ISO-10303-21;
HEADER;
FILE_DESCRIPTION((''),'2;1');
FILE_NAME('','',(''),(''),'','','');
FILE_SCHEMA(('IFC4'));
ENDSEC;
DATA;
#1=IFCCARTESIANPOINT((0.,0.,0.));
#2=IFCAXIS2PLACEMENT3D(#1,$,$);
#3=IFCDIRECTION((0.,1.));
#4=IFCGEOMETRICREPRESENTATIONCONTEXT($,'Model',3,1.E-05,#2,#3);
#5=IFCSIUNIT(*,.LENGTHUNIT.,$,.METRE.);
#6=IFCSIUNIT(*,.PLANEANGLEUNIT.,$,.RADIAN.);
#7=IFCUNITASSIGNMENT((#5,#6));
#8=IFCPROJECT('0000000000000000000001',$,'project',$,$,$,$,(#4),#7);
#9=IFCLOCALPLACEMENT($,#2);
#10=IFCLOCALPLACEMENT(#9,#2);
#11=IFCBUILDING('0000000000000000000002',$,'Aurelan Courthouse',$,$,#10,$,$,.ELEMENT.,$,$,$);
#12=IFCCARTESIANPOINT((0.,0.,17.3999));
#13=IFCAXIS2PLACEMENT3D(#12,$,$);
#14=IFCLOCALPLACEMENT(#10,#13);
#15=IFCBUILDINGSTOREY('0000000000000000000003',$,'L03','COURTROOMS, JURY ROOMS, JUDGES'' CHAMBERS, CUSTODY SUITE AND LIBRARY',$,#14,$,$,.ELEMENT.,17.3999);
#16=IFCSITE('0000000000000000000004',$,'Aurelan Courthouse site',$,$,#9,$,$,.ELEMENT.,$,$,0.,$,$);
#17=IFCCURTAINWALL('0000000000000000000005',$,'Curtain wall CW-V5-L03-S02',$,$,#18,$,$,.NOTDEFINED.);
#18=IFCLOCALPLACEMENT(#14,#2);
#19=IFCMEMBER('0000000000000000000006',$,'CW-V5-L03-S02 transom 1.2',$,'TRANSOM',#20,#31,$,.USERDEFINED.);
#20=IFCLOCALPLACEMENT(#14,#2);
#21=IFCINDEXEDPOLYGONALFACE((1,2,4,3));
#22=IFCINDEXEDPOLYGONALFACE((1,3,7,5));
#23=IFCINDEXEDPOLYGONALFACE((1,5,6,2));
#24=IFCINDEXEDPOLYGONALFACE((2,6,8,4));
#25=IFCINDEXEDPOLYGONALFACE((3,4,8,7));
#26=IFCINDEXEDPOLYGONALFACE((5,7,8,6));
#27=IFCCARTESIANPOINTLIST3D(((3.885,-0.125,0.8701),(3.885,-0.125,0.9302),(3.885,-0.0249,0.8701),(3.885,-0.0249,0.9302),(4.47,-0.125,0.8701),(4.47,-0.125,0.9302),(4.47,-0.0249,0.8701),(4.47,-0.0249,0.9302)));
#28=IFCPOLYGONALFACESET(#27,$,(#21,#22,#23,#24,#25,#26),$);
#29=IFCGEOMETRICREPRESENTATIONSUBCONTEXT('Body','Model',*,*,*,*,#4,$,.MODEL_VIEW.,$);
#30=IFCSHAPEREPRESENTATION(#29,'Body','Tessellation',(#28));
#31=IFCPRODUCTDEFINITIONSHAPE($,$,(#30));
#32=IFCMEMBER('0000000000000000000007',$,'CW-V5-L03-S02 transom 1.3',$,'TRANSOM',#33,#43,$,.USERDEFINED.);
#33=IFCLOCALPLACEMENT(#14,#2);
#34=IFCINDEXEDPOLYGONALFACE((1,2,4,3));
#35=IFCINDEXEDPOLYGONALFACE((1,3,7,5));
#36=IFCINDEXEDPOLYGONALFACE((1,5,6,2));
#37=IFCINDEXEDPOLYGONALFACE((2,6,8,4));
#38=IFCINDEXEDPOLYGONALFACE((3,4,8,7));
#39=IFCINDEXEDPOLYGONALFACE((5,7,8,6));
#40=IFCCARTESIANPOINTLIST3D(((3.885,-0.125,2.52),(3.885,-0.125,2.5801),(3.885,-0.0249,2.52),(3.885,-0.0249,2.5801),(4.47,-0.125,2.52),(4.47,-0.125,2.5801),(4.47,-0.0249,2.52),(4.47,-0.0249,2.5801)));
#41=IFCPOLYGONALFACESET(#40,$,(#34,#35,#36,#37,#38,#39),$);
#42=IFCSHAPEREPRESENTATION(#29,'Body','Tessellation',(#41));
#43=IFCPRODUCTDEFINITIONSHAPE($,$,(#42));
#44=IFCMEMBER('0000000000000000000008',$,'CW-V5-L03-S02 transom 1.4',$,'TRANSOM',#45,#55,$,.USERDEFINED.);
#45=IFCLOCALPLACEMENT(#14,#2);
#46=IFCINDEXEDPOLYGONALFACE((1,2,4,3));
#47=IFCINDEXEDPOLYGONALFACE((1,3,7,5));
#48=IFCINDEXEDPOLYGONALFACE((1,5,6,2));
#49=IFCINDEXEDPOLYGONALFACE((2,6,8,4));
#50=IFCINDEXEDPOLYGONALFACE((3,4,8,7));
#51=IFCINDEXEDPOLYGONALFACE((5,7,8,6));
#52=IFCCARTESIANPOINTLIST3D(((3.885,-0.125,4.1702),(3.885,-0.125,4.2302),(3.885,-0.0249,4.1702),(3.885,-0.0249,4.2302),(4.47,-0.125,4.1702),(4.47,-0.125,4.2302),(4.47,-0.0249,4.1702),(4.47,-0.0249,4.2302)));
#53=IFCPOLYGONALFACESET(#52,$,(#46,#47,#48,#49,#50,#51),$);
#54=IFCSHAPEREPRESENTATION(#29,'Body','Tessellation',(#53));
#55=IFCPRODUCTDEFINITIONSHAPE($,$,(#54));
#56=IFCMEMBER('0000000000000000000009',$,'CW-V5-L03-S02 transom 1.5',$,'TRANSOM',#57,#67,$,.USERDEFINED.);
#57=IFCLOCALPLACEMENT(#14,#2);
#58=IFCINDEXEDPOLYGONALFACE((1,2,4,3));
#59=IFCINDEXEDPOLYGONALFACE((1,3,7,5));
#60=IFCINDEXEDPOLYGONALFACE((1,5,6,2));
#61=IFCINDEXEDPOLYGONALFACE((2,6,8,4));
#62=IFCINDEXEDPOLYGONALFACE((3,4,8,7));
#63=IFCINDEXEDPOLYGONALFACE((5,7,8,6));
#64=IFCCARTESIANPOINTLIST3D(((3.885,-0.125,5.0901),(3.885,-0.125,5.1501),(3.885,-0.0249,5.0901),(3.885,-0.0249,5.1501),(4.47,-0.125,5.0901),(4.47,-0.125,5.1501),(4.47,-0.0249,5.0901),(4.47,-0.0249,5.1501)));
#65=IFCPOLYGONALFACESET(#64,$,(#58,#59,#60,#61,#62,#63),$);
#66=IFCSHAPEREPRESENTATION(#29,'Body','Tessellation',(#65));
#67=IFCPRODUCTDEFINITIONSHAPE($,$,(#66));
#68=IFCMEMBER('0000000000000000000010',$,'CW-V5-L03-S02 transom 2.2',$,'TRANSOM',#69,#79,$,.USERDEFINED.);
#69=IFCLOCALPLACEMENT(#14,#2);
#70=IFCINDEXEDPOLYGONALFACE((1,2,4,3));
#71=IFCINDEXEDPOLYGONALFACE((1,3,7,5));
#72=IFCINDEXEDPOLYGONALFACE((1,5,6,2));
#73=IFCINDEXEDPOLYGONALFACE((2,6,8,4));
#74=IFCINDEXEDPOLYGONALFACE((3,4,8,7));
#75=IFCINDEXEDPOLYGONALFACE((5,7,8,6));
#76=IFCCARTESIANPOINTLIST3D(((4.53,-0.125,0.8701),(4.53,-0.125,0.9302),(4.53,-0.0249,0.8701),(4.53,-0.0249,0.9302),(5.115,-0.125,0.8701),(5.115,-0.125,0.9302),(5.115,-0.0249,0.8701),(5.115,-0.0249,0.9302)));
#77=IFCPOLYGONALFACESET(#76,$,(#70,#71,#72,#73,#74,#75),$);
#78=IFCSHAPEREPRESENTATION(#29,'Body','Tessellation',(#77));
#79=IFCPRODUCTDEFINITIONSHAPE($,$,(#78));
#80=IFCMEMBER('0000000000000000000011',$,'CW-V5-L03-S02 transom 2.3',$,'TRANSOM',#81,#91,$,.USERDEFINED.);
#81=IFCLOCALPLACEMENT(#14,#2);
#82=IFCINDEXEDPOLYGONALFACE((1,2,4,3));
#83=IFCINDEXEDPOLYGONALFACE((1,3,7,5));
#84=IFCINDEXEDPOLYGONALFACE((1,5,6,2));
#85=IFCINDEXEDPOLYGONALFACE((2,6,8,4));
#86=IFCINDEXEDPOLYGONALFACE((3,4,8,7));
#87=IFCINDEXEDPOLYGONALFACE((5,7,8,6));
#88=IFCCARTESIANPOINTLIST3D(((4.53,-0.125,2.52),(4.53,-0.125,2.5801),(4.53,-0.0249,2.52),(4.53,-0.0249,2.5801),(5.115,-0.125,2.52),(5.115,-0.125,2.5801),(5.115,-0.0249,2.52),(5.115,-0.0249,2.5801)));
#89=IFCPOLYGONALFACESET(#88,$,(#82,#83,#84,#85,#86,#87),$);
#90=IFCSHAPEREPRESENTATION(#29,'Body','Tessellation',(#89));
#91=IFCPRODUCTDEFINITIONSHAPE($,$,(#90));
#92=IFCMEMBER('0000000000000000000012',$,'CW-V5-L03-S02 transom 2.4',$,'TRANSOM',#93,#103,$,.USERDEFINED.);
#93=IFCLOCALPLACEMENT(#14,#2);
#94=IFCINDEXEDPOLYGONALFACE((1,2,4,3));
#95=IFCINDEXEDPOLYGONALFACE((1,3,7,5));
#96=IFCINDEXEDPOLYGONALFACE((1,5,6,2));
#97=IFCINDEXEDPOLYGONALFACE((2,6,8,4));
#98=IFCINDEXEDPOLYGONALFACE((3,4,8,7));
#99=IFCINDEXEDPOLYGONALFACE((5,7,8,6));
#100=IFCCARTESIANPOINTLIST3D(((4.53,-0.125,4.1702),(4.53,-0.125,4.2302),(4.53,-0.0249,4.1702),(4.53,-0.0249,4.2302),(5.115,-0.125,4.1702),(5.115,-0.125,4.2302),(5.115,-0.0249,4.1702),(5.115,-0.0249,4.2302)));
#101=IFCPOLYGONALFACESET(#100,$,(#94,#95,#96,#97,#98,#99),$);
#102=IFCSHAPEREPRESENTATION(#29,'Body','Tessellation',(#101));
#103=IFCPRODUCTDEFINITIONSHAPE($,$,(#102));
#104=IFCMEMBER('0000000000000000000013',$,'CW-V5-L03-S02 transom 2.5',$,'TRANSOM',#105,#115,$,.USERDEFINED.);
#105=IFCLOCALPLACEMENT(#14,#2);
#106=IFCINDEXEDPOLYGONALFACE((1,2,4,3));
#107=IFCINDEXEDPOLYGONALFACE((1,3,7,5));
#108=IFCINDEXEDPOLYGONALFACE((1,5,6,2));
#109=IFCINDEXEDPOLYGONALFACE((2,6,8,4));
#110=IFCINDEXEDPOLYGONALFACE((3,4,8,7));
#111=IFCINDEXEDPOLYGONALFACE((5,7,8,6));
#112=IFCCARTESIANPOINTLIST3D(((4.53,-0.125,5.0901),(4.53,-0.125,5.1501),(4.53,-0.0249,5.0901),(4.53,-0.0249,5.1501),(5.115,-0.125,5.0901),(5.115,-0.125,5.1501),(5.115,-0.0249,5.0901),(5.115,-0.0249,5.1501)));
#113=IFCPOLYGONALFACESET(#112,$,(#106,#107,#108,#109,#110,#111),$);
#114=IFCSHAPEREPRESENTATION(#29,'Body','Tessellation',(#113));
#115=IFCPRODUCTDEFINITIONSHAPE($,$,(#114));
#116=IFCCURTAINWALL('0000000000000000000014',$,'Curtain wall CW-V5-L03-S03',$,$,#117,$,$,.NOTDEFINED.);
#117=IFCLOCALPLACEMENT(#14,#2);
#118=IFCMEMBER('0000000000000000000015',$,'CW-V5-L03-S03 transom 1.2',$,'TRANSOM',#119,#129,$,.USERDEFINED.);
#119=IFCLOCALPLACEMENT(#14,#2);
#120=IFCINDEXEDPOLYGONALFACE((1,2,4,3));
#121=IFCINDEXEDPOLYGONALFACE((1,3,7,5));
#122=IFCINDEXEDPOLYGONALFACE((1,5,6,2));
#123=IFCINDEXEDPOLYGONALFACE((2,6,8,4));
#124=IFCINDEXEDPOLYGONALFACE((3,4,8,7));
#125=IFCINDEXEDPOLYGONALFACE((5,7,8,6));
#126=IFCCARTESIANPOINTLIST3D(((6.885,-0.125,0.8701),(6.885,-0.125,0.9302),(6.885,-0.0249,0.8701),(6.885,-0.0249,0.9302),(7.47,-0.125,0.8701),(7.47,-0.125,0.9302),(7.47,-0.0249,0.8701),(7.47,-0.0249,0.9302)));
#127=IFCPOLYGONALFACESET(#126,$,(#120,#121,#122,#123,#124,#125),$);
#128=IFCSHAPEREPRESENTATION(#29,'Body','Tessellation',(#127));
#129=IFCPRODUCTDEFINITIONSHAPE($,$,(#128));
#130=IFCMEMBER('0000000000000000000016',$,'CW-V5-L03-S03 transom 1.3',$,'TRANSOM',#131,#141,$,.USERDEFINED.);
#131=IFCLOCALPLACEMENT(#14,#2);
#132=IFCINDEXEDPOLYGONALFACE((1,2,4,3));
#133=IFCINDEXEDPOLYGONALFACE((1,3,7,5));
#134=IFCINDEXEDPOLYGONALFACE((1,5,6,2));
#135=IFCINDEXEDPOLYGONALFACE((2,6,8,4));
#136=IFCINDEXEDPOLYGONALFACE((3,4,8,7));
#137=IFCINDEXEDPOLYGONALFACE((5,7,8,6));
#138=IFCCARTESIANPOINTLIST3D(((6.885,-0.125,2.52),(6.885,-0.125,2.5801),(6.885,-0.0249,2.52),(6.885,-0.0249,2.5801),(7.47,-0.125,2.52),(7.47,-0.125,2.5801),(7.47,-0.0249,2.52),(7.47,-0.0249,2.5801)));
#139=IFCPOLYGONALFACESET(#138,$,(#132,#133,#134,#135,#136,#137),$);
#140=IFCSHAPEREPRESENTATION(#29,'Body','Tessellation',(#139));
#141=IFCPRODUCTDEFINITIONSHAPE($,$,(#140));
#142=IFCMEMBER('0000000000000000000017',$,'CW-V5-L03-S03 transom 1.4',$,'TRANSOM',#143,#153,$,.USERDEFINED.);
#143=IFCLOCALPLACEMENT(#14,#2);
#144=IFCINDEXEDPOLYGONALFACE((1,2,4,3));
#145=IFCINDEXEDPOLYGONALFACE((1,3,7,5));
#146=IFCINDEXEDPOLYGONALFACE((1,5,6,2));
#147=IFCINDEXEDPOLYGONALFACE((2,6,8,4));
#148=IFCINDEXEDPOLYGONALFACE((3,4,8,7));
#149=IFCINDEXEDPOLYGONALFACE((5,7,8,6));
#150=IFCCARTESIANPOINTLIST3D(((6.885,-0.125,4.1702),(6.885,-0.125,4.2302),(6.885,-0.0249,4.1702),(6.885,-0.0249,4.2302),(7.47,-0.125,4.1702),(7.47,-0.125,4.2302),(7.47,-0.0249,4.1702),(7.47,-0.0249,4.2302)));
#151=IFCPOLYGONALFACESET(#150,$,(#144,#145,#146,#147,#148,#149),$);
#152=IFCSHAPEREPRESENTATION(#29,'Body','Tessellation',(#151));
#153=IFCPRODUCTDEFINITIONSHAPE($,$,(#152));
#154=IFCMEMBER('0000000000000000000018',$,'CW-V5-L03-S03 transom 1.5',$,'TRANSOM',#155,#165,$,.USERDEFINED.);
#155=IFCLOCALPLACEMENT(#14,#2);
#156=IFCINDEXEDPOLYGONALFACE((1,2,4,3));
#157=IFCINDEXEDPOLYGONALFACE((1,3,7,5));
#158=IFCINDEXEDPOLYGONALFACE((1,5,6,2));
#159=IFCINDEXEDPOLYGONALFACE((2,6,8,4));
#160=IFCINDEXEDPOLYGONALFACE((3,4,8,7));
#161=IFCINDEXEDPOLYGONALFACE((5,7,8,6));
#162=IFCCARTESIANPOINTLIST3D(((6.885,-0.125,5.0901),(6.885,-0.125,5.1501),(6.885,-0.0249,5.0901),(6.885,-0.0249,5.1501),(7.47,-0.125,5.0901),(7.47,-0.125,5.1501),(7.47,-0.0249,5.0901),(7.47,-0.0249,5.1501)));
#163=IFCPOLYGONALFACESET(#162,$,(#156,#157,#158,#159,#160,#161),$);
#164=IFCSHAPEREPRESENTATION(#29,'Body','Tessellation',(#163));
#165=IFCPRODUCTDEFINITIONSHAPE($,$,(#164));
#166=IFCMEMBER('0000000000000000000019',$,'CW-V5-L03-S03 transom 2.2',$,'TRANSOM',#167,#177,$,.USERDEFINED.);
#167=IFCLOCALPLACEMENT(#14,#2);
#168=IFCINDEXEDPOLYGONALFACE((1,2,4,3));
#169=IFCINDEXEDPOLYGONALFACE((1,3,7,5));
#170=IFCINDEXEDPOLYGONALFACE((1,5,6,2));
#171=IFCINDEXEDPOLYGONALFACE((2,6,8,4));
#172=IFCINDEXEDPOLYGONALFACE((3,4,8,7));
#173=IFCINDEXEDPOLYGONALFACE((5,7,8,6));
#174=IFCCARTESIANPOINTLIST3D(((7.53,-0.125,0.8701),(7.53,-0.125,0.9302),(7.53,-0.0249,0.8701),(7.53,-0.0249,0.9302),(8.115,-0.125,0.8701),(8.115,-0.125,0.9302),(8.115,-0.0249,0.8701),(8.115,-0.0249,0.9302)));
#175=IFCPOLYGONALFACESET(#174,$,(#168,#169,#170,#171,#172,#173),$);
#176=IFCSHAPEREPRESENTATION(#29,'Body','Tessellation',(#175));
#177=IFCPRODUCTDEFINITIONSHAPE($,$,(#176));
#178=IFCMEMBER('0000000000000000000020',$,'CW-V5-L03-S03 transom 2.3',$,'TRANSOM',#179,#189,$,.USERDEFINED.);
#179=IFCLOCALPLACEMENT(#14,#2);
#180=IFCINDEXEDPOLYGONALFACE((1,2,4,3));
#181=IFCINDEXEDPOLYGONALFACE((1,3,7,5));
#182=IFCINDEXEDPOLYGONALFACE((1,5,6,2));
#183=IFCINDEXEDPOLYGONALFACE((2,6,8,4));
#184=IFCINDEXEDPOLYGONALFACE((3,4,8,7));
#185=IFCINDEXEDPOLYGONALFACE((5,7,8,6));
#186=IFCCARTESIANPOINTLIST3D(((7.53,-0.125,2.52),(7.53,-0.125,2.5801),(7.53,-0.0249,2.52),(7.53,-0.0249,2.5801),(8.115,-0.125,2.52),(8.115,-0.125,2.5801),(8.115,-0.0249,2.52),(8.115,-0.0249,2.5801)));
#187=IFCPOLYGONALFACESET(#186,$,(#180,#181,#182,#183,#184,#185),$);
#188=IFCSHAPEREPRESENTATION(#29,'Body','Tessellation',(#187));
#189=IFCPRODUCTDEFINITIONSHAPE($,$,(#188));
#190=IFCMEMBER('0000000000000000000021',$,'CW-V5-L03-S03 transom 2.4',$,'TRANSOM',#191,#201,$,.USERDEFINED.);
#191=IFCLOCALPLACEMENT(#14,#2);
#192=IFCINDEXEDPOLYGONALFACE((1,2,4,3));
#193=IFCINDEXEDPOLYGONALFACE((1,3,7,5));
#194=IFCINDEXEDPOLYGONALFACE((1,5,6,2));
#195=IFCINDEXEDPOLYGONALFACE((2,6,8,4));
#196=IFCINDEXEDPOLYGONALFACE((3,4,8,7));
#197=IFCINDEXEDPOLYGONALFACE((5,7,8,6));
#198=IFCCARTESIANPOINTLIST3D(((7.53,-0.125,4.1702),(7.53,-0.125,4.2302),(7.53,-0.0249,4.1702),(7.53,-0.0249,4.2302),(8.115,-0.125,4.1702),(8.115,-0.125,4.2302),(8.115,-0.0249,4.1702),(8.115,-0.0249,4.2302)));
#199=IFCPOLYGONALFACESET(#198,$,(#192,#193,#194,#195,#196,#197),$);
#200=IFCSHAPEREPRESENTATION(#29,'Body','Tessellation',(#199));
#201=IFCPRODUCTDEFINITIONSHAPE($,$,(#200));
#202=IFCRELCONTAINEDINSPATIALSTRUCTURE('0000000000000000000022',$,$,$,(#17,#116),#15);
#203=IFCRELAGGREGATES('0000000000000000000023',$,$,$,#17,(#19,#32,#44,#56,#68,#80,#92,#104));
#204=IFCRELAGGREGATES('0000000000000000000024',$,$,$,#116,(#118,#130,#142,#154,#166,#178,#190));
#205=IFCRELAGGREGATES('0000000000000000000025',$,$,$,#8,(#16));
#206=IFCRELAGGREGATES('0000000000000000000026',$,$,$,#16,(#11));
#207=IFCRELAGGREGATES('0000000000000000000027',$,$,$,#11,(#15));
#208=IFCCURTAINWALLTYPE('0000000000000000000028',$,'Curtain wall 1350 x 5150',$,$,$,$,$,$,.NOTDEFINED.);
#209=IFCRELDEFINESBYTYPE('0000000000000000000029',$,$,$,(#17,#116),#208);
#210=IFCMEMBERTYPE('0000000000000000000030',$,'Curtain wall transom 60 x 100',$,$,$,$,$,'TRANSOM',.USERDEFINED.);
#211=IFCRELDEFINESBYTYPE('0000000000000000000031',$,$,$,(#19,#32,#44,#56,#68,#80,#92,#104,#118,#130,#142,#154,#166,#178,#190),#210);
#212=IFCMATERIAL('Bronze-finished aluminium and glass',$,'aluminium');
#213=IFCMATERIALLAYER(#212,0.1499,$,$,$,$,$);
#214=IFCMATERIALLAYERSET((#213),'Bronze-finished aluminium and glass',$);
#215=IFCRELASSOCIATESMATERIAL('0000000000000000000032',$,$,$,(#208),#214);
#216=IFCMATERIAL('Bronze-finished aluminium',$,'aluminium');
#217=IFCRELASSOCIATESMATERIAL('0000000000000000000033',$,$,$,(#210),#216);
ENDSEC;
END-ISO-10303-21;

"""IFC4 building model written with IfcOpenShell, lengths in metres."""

from ifc_helpers import new_model, si_unit, direction, frame, origin, origin_2d, place, context, subcontext, project, spatial, rectangle, extrude, material, layer, layer_set, material_profile, profile_set, type_object, element, aggregate, save


model = new_model("IFC4")

# Units and contexts
model_context = context("Model", 3, precision=1e-05, world=origin(), true_north=direction((0.0, 1.0)))
body_context = subcontext(model_context, "Body", "Model", "MODEL_VIEW")
ifc_project = project(units=[si_unit("LENGTHUNIT", "METRE"), si_unit("PLANEANGLEUNIT", "RADIAN")], contexts=[model_context])

# Site, building, storey
site_placement = place(None, origin())
site = spatial("IfcSite", under=ifc_project, at=site_placement, Name="Aurelan Courthouse site", CompositionType="ELEMENT", RefElevation=0.0)
building_placement = place(site_placement, origin())
building = spatial("IfcBuilding", under=site, at=building_placement, Name="Aurelan Courthouse", CompositionType="ELEMENT")
storey_placement = place(building_placement, frame((0.0, 0.0, 17.3999)))
storey = spatial("IfcBuildingStorey", under=building, at=storey_placement, Name="L03", Description="COURTROOMS, JURY ROOMS, JUDGES' CHAMBERS, CUSTODY SUITE AND LIBRARY", CompositionType="ELEMENT", Elevation=17.3999)

# Curtain walls, members
ifc_material_1 = material(Name="Bronze-finished aluminium and glass", Category="aluminium")
ifc_layer_1 = layer(ifc_material_1, 0.1499)
ifc_layer_set_1 = layer_set([ifc_layer_1], Name="Bronze-finished aluminium and glass")
curtain_wall_type = type_object("IfcCurtainWallType", Name="Curtain wall 1350 x 5150", PredefinedType="NOTDEFINED", material=ifc_layer_set_1)
curtain_wall_1_placement = place(storey_placement, origin())
curtain_wall_1 = element("IfcCurtainWall", 1, at=curtain_wall_1_placement, inside=storey, type_object=curtain_wall_type, Name="Curtain wall CW-V5-L03-S02", PredefinedType="NOTDEFINED")
ifc_material_2 = material(Name="Bronze-finished aluminium", Category="aluminium")
ifc_material_profile = material_profile(ifc_material_2, rectangle(XDim=0.1001, YDim=0.0601, at=origin_2d()), Name="Bronze transom 60 x 100")
ifc_profile_set = profile_set([ifc_material_profile], Name="Bronze-finished aluminium")
member_type = type_object("IfcMemberType", Name="Curtain wall transom 60 x 100", ElementType="TRANSOM", PredefinedType="USERDEFINED", material=ifc_profile_set)
member_1_placement = place(storey_placement, frame((3.885, -0.075, 0.9001), z_axis=(1.0, 0.0, 0.0), x_axis=(0.0, 1.0, 0.0)))
member_1 = element("IfcMember", 2, at=member_1_placement, type_object=member_type, Name="CW-V5-L03-S02 transom 1.2", ObjectType="TRANSOM", PredefinedType="USERDEFINED", context=body_context, shape_type="SweptSolid", body=[
    extrude(rectangle(XDim=0.1001, YDim=0.0601, at=origin_2d()), origin(), (0.0, 0.0, 1.0), 0.585),
])
member_2_placement = place(storey_placement, frame((3.885, -0.075, 2.55), z_axis=(1.0, 0.0, 0.0), x_axis=(0.0, 1.0, 0.0)))
member_2 = element("IfcMember", 3, at=member_2_placement, type_object=member_type, Name="CW-V5-L03-S02 transom 1.3", ObjectType="TRANSOM", PredefinedType="USERDEFINED", context=body_context, shape_type="SweptSolid", body=[
    extrude(rectangle(XDim=0.1001, YDim=0.0601, at=origin_2d()), origin(), (0.0, 0.0, 1.0), 0.585),
])
member_3_placement = place(storey_placement, frame((3.885, -0.075, 4.2002), z_axis=(1.0, 0.0, 0.0), x_axis=(0.0, 1.0, 0.0)))
member_3 = element("IfcMember", 4, at=member_3_placement, type_object=member_type, Name="CW-V5-L03-S02 transom 1.4", ObjectType="TRANSOM", PredefinedType="USERDEFINED", context=body_context, shape_type="SweptSolid", body=[
    extrude(rectangle(XDim=0.1001, YDim=0.0601, at=origin_2d()), origin(), (0.0, 0.0, 1.0), 0.585),
])
member_4_placement = place(storey_placement, frame((3.885, -0.075, 5.1201), z_axis=(1.0, 0.0, 0.0), x_axis=(0.0, 1.0, 0.0)))
member_4 = element("IfcMember", 5, at=member_4_placement, type_object=member_type, Name="CW-V5-L03-S02 transom 1.5", ObjectType="TRANSOM", PredefinedType="USERDEFINED", context=body_context, shape_type="SweptSolid", body=[
    extrude(rectangle(XDim=0.1001, YDim=0.0601, at=origin_2d()), origin(), (0.0, 0.0, 1.0), 0.585),
])
member_5_placement = place(storey_placement, frame((4.53, -0.075, 0.9001), z_axis=(1.0, 0.0, 0.0), x_axis=(0.0, 1.0, 0.0)))
member_5 = element("IfcMember", 6, at=member_5_placement, type_object=member_type, Name="CW-V5-L03-S02 transom 2.2", ObjectType="TRANSOM", PredefinedType="USERDEFINED", context=body_context, shape_type="SweptSolid", body=[
    extrude(rectangle(XDim=0.1001, YDim=0.0601, at=origin_2d()), origin(), (0.0, 0.0, 1.0), 0.585),
])
member_6_placement = place(storey_placement, frame((4.53, -0.075, 2.55), z_axis=(1.0, 0.0, 0.0), x_axis=(0.0, 1.0, 0.0)))
member_6 = element("IfcMember", 7, at=member_6_placement, type_object=member_type, Name="CW-V5-L03-S02 transom 2.3", ObjectType="TRANSOM", PredefinedType="USERDEFINED", context=body_context, shape_type="SweptSolid", body=[
    extrude(rectangle(XDim=0.1001, YDim=0.0601, at=origin_2d()), origin(), (0.0, 0.0, 1.0), 0.585),
])
member_7_placement = place(storey_placement, frame((4.53, -0.075, 4.2002), z_axis=(1.0, 0.0, 0.0), x_axis=(0.0, 1.0, 0.0)))
member_7 = element("IfcMember", 8, at=member_7_placement, type_object=member_type, Name="CW-V5-L03-S02 transom 2.4", ObjectType="TRANSOM", PredefinedType="USERDEFINED", context=body_context, shape_type="SweptSolid", body=[
    extrude(rectangle(XDim=0.1001, YDim=0.0601, at=origin_2d()), origin(), (0.0, 0.0, 1.0), 0.585),
])
member_8_placement = place(storey_placement, frame((4.53, -0.075, 5.1201), z_axis=(1.0, 0.0, 0.0), x_axis=(0.0, 1.0, 0.0)))
member_8 = element("IfcMember", 9, at=member_8_placement, type_object=member_type, Name="CW-V5-L03-S02 transom 2.5", ObjectType="TRANSOM", PredefinedType="USERDEFINED", context=body_context, shape_type="SweptSolid", body=[
    extrude(rectangle(XDim=0.1001, YDim=0.0601, at=origin_2d()), origin(), (0.0, 0.0, 1.0), 0.585),
])
curtain_wall_2_placement = place(storey_placement, origin())
curtain_wall_2 = element("IfcCurtainWall", 10, at=curtain_wall_2_placement, inside=storey, type_object=curtain_wall_type, Name="Curtain wall CW-V5-L03-S03", PredefinedType="NOTDEFINED")
member_9_placement = place(storey_placement, frame((6.885, -0.075, 0.9001), z_axis=(1.0, 0.0, 0.0), x_axis=(0.0, 1.0, 0.0)))
member_9 = element("IfcMember", 11, at=member_9_placement, type_object=member_type, Name="CW-V5-L03-S03 transom 1.2", ObjectType="TRANSOM", PredefinedType="USERDEFINED", context=body_context, shape_type="SweptSolid", body=[
    extrude(rectangle(XDim=0.1001, YDim=0.0601, at=origin_2d()), origin(), (0.0, 0.0, 1.0), 0.585),
])
member_10_placement = place(storey_placement, frame((6.885, -0.075, 2.55), z_axis=(1.0, 0.0, 0.0), x_axis=(0.0, 1.0, 0.0)))
member_10 = element("IfcMember", 12, at=member_10_placement, type_object=member_type, Name="CW-V5-L03-S03 transom 1.3", ObjectType="TRANSOM", PredefinedType="USERDEFINED", context=body_context, shape_type="SweptSolid", body=[
    extrude(rectangle(XDim=0.1001, YDim=0.0601, at=origin_2d()), origin(), (0.0, 0.0, 1.0), 0.585),
])
member_11_placement = place(storey_placement, frame((6.885, -0.075, 4.2002), z_axis=(1.0, 0.0, 0.0), x_axis=(0.0, 1.0, 0.0)))
member_11 = element("IfcMember", 13, at=member_11_placement, type_object=member_type, Name="CW-V5-L03-S03 transom 1.4", ObjectType="TRANSOM", PredefinedType="USERDEFINED", context=body_context, shape_type="SweptSolid", body=[
    extrude(rectangle(XDim=0.1001, YDim=0.0601, at=origin_2d()), origin(), (0.0, 0.0, 1.0), 0.585),
])
member_12_placement = place(storey_placement, frame((6.885, -0.075, 5.1201), z_axis=(1.0, 0.0, 0.0), x_axis=(0.0, 1.0, 0.0)))
member_12 = element("IfcMember", 14, at=member_12_placement, type_object=member_type, Name="CW-V5-L03-S03 transom 1.5", ObjectType="TRANSOM", PredefinedType="USERDEFINED", context=body_context, shape_type="SweptSolid", body=[
    extrude(rectangle(XDim=0.1001, YDim=0.0601, at=origin_2d()), origin(), (0.0, 0.0, 1.0), 0.585),
])
member_13_placement = place(storey_placement, frame((7.53, -0.075, 0.9001), z_axis=(1.0, 0.0, 0.0), x_axis=(0.0, 1.0, 0.0)))
member_13 = element("IfcMember", 15, at=member_13_placement, type_object=member_type, Name="CW-V5-L03-S03 transom 2.2", ObjectType="TRANSOM", PredefinedType="USERDEFINED", context=body_context, shape_type="SweptSolid", body=[
    extrude(rectangle(XDim=0.1001, YDim=0.0601, at=origin_2d()), origin(), (0.0, 0.0, 1.0), 0.585),
])
member_14_placement = place(storey_placement, frame((7.53, -0.075, 2.55), z_axis=(1.0, 0.0, 0.0), x_axis=(0.0, 1.0, 0.0)))
member_14 = element("IfcMember", 16, at=member_14_placement, type_object=member_type, Name="CW-V5-L03-S03 transom 2.3", ObjectType="TRANSOM", PredefinedType="USERDEFINED", context=body_context, shape_type="SweptSolid", body=[
    extrude(rectangle(XDim=0.1001, YDim=0.0601, at=origin_2d()), origin(), (0.0, 0.0, 1.0), 0.585),
])
member_15_placement = place(storey_placement, frame((7.53, -0.075, 4.2002), z_axis=(1.0, 0.0, 0.0), x_axis=(0.0, 1.0, 0.0)))
member_15 = element("IfcMember", 17, at=member_15_placement, type_object=member_type, Name="CW-V5-L03-S03 transom 2.4", ObjectType="TRANSOM", PredefinedType="USERDEFINED", context=body_context, shape_type="SweptSolid", body=[
    extrude(rectangle(XDim=0.1001, YDim=0.0601, at=origin_2d()), origin(), (0.0, 0.0, 1.0), 0.585),
])

aggregate(curtain_wall_1, [member_1, member_2, member_3, member_4, member_5, member_6, member_7, member_8])
aggregate(curtain_wall_2, [member_9, member_10, member_11, member_12, member_13, member_14, member_15])

save(model, "model.ifc")
